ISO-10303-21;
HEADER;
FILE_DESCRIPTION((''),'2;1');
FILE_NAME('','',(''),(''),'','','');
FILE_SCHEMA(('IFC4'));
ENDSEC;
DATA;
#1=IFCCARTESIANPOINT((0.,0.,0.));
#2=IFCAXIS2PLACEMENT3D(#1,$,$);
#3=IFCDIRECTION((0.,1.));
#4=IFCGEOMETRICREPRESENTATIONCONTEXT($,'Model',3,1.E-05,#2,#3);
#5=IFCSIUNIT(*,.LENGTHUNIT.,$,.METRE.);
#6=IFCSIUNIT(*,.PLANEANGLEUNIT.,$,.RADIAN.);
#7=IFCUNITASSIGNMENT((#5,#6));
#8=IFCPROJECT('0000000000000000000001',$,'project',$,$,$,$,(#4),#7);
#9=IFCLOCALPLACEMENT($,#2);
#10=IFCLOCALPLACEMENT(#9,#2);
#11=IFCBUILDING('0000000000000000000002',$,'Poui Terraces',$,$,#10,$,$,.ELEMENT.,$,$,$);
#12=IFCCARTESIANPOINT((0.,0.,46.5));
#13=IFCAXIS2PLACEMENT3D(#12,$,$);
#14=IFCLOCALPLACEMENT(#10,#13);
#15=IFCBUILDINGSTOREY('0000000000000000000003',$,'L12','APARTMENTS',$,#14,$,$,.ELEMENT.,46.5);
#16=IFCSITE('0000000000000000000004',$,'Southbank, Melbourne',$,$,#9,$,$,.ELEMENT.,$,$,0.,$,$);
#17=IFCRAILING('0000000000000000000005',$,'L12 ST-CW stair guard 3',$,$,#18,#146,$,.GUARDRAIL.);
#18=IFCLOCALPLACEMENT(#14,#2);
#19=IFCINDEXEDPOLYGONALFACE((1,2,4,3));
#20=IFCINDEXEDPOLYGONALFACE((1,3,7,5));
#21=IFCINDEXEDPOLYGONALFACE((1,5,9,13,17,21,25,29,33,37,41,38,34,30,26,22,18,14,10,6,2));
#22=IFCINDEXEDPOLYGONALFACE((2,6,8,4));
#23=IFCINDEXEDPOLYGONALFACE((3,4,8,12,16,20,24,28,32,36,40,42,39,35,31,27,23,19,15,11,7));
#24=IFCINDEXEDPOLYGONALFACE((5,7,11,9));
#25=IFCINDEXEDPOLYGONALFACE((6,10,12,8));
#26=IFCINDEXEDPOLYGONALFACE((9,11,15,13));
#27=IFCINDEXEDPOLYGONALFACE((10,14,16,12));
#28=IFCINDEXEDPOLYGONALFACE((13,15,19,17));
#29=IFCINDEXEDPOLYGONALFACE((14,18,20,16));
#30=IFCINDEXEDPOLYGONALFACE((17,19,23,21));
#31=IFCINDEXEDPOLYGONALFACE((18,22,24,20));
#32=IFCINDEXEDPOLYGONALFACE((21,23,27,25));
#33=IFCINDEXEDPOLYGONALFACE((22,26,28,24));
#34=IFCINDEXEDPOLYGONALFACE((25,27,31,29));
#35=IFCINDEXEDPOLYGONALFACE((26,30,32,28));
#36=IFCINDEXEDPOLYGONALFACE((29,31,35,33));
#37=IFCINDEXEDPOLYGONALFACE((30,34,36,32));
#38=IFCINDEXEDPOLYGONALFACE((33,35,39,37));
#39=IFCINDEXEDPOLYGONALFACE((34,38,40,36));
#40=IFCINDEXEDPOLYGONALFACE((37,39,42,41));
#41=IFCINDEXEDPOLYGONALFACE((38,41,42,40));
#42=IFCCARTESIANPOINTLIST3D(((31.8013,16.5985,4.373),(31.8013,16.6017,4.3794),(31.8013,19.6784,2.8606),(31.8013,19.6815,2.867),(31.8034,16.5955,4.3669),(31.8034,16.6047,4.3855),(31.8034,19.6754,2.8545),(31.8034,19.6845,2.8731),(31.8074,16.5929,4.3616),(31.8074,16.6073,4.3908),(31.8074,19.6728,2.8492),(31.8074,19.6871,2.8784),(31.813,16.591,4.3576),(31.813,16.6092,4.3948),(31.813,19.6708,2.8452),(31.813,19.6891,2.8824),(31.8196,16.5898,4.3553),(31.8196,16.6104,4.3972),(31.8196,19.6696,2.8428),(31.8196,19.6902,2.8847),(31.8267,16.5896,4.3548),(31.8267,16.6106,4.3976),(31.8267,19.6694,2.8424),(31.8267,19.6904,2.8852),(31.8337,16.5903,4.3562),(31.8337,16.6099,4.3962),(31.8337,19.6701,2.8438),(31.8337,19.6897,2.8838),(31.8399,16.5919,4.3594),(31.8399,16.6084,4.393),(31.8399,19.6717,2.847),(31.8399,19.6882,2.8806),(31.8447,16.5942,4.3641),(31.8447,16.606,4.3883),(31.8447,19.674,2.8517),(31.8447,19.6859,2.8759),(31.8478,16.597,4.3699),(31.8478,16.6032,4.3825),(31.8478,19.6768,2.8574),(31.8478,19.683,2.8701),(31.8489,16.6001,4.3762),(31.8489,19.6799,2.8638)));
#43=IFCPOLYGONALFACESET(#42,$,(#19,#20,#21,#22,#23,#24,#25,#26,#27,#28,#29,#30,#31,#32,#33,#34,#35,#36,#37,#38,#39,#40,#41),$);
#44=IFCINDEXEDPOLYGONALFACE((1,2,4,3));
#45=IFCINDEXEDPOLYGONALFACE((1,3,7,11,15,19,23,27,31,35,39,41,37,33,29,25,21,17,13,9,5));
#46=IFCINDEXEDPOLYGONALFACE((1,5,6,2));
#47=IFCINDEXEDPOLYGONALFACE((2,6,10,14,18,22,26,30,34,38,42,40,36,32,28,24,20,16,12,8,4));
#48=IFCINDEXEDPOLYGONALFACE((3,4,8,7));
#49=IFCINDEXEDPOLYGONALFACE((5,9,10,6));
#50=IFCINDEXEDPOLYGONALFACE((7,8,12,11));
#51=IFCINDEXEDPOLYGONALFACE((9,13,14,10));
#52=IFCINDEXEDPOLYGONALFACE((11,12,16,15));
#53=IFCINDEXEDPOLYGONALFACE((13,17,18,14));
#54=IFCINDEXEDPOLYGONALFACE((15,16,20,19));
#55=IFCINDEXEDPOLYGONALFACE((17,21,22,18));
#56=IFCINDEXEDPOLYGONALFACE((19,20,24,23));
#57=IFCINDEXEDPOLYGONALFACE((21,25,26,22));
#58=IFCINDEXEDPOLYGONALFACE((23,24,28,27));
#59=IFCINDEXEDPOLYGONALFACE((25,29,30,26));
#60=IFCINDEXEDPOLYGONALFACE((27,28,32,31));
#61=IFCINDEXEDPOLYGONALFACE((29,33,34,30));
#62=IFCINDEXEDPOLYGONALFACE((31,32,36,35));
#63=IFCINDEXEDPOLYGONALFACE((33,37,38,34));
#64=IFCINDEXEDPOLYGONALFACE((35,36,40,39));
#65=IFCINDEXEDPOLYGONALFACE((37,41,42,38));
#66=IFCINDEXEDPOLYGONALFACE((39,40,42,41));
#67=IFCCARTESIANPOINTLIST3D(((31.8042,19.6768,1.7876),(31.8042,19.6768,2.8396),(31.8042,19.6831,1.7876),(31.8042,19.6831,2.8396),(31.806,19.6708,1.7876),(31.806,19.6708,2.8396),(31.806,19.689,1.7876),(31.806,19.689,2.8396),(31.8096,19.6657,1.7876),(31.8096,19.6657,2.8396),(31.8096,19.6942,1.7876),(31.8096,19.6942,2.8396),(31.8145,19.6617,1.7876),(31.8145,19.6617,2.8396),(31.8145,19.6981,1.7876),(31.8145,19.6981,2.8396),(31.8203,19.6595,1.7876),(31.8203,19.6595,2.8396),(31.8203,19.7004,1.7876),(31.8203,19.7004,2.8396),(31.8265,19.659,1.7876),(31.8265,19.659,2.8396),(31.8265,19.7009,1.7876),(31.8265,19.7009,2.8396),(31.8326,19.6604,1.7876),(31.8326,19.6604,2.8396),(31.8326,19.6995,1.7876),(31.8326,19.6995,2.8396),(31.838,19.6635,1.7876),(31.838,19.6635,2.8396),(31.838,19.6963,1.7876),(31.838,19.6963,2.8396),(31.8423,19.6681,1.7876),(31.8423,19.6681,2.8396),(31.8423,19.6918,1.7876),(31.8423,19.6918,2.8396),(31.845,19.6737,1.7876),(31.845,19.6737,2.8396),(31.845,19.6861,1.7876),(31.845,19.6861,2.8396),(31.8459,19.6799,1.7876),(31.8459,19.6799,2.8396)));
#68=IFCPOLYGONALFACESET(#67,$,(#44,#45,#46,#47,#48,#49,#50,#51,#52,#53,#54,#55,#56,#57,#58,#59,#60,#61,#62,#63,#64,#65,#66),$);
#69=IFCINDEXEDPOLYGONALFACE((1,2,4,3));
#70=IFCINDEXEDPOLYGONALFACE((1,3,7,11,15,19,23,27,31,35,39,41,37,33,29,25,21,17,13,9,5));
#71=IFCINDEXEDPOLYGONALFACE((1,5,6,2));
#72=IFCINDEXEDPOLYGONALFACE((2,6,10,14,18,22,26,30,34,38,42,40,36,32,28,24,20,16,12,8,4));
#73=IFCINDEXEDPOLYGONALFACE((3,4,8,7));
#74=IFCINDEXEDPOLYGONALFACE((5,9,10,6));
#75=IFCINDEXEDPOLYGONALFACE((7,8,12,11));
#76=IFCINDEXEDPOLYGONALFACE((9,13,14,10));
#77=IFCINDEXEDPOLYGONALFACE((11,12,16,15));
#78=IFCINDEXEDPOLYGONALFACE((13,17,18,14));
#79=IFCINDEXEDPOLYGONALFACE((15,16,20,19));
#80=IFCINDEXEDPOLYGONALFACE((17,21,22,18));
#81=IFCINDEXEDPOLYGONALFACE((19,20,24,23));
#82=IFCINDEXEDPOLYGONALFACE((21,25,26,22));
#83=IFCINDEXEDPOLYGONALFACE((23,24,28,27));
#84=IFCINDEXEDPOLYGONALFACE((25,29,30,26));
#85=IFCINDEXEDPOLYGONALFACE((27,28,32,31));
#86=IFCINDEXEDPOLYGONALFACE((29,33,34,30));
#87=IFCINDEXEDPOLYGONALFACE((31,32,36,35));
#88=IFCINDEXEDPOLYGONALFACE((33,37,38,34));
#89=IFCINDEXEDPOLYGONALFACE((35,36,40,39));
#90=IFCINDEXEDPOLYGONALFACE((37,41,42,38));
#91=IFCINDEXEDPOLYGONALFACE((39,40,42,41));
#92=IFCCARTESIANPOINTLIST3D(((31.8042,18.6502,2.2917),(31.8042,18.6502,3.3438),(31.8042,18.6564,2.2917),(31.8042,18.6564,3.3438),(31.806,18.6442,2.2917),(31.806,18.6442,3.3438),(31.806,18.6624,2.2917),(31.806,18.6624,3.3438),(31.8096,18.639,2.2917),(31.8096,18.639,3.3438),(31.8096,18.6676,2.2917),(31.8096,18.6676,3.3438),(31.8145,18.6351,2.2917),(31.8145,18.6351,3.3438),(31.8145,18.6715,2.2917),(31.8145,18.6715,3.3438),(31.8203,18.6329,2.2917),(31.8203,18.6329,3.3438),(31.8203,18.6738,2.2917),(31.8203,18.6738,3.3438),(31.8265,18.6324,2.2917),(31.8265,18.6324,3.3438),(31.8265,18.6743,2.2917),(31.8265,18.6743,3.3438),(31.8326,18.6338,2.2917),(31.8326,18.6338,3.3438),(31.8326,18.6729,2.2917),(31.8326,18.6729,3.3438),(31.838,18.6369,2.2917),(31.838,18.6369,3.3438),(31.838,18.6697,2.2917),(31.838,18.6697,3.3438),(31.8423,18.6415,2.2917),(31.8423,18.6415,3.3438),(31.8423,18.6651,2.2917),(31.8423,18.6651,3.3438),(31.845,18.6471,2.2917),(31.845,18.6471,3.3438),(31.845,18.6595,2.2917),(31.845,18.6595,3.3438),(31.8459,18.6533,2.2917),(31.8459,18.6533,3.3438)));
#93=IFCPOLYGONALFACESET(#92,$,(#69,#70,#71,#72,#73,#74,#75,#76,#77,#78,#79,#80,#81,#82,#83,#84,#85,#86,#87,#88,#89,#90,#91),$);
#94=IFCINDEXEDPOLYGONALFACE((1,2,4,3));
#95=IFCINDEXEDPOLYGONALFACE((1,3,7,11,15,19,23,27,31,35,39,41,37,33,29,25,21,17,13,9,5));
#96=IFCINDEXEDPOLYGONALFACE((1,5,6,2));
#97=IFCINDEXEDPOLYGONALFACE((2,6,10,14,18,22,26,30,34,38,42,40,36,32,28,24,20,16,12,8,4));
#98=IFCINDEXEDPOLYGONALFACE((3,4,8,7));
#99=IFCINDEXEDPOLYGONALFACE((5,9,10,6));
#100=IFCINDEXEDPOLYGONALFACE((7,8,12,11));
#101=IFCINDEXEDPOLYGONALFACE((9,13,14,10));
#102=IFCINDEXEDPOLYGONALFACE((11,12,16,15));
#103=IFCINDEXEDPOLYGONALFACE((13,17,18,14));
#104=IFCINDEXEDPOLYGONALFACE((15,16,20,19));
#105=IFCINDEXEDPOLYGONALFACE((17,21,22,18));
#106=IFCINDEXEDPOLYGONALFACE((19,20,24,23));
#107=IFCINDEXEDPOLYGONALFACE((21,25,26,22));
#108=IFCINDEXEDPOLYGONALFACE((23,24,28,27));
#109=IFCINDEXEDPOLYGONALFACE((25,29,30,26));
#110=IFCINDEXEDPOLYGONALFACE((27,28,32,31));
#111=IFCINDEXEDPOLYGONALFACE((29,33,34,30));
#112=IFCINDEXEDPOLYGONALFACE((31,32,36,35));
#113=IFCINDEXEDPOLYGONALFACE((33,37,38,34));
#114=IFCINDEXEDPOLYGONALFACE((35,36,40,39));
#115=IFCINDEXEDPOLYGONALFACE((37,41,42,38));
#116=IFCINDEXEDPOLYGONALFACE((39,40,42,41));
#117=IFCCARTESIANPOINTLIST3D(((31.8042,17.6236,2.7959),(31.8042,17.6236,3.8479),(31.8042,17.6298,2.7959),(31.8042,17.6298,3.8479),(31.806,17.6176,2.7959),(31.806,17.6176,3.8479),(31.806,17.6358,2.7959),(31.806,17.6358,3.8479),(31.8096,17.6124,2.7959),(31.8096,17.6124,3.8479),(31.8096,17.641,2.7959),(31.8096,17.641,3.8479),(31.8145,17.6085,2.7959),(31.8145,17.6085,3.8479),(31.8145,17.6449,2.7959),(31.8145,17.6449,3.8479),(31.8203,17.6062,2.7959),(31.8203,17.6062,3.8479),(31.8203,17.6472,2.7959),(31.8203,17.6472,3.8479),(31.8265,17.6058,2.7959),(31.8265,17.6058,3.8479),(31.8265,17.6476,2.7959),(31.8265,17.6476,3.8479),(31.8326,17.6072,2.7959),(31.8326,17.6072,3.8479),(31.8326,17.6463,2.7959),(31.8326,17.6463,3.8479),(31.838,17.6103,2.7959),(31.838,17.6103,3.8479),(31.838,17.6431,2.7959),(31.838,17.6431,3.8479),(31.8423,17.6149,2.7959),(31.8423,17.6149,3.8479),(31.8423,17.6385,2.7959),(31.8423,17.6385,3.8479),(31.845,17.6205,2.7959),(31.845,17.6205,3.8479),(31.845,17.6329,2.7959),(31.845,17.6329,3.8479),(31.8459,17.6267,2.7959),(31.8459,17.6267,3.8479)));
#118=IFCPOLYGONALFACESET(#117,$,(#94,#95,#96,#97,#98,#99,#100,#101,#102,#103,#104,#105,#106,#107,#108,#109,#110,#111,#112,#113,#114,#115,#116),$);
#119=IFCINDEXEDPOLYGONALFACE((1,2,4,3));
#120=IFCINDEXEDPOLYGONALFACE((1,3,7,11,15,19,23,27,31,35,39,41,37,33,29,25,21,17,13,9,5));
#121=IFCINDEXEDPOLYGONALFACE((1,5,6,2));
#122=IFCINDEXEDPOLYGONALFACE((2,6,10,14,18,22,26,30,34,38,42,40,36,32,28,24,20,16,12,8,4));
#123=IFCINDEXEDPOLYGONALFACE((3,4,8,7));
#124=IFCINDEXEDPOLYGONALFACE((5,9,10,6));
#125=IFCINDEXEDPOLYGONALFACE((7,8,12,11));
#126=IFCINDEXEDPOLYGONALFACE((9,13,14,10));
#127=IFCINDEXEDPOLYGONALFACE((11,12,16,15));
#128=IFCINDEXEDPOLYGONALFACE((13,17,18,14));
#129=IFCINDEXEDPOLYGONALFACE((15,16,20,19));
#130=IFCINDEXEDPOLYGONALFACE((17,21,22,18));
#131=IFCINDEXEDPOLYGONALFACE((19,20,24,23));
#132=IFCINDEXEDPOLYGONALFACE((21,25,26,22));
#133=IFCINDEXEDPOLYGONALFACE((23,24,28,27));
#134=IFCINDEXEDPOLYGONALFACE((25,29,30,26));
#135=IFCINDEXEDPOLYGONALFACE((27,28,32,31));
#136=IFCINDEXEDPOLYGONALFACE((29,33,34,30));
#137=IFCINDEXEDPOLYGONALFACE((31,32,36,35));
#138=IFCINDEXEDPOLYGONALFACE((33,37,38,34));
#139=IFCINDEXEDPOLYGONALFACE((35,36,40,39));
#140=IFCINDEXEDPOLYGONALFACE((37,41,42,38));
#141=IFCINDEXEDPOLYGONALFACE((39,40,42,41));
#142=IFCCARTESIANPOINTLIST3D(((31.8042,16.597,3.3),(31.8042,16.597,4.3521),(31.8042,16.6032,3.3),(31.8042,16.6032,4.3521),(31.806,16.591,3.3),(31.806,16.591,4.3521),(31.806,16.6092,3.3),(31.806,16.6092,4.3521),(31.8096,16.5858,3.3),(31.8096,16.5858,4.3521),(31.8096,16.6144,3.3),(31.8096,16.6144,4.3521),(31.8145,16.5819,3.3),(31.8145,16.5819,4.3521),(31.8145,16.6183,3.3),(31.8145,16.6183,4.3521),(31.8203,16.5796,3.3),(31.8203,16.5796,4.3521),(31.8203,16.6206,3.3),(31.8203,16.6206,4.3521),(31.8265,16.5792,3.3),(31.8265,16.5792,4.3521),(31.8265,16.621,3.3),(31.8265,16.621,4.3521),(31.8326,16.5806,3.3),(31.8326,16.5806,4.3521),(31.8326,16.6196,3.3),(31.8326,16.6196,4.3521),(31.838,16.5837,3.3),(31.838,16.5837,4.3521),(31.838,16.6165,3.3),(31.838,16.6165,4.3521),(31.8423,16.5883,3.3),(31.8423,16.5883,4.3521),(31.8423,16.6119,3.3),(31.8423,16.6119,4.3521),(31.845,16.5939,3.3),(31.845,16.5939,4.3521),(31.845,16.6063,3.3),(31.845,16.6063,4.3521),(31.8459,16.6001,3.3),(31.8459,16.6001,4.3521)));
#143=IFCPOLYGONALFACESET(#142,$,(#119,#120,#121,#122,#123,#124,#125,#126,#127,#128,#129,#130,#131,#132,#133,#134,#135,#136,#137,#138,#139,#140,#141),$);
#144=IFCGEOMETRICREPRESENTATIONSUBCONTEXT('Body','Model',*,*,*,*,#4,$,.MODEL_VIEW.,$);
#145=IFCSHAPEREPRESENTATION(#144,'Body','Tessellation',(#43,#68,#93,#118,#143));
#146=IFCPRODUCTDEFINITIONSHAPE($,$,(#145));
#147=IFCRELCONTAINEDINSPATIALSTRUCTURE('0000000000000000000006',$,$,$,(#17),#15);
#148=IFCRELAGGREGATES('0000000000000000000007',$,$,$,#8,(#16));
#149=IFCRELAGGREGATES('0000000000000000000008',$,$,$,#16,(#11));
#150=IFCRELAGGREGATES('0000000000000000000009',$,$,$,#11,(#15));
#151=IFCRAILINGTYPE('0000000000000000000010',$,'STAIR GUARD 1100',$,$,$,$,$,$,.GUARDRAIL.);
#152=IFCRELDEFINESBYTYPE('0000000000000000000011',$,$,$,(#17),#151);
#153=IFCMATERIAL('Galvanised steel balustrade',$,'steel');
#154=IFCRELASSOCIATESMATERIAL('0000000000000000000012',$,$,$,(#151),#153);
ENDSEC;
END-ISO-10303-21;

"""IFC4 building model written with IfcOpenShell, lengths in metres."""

from ifc_helpers import new_model, si_unit, direction, frame, origin, origin_2d, place, context, subcontext, project, spatial, circle, extrude, material, type_object, element, save


model = new_model("IFC4")

# Units and contexts
model_context = context("Model", 3, precision=1e-05, world=origin(), true_north=direction((0.0, 1.0)))
body_context = subcontext(model_context, "Body", "Model", "MODEL_VIEW")
ifc_project = project(units=[si_unit("LENGTHUNIT", "METRE"), si_unit("PLANEANGLEUNIT", "RADIAN")], contexts=[model_context])

# Site, building, storey
site_placement = place(None, origin())
site = spatial("IfcSite", under=ifc_project, at=site_placement, Name="Southbank, Melbourne", CompositionType="ELEMENT", RefElevation=0.0)
building_placement = place(site_placement, origin())
building = spatial("IfcBuilding", under=site, at=building_placement, Name="Poui Terraces", CompositionType="ELEMENT")
storey_placement = place(building_placement, frame((0.0, 0.0, 46.5)))
storey = spatial("IfcBuildingStorey", under=building, at=storey_placement, Name="L12", Description="APARTMENTS", CompositionType="ELEMENT", Elevation=46.5)

# Railing
ifc_material_1 = material(Name="Galvanised steel balustrade", Category="steel")
railing_type_1 = type_object("IfcRailingType", Name="STAIR GUARD 1100", PredefinedType="GUARDRAIL", material=ifc_material_1)
railing_1_placement = place(storey_placement, frame((31.825, 19.6799, 1.7876)))
element("IfcRailing", 1, at=railing_1_placement, inside=storey, type_object=railing_type_1, Name="L12 ST-CW stair guard 3", PredefinedType="GUARDRAIL", context=body_context, shape_type="SweptSolid", body=[
    extrude(circle(Radius=0.0239, at=origin_2d()), frame((0.0, 0.0, 1.0762), z_axis=(0.0, -0.897606, 0.440798), x_axis=(1.0, 0.0, 0.0)), (0.0, 0.0, 1.0), 3.4312),
    extrude(circle(Radius=0.021, at=origin_2d()), origin(), (0.0, 0.0, 1.0), 1.052),
    extrude(circle(Radius=0.021, at=origin_2d()), frame((0.0, -1.0266, 0.5042)), (0.0, 0.0, 1.0), 1.052),
    extrude(circle(Radius=0.021, at=origin_2d()), frame((0.0, -2.0532, 1.0083)), (0.0, 0.0, 1.0), 1.052),
    extrude(circle(Radius=0.021, at=origin_2d()), frame((0.0, -3.0798, 1.5125)), (0.0, 0.0, 1.0), 1.052),
])

save(model, "model.ifc")
